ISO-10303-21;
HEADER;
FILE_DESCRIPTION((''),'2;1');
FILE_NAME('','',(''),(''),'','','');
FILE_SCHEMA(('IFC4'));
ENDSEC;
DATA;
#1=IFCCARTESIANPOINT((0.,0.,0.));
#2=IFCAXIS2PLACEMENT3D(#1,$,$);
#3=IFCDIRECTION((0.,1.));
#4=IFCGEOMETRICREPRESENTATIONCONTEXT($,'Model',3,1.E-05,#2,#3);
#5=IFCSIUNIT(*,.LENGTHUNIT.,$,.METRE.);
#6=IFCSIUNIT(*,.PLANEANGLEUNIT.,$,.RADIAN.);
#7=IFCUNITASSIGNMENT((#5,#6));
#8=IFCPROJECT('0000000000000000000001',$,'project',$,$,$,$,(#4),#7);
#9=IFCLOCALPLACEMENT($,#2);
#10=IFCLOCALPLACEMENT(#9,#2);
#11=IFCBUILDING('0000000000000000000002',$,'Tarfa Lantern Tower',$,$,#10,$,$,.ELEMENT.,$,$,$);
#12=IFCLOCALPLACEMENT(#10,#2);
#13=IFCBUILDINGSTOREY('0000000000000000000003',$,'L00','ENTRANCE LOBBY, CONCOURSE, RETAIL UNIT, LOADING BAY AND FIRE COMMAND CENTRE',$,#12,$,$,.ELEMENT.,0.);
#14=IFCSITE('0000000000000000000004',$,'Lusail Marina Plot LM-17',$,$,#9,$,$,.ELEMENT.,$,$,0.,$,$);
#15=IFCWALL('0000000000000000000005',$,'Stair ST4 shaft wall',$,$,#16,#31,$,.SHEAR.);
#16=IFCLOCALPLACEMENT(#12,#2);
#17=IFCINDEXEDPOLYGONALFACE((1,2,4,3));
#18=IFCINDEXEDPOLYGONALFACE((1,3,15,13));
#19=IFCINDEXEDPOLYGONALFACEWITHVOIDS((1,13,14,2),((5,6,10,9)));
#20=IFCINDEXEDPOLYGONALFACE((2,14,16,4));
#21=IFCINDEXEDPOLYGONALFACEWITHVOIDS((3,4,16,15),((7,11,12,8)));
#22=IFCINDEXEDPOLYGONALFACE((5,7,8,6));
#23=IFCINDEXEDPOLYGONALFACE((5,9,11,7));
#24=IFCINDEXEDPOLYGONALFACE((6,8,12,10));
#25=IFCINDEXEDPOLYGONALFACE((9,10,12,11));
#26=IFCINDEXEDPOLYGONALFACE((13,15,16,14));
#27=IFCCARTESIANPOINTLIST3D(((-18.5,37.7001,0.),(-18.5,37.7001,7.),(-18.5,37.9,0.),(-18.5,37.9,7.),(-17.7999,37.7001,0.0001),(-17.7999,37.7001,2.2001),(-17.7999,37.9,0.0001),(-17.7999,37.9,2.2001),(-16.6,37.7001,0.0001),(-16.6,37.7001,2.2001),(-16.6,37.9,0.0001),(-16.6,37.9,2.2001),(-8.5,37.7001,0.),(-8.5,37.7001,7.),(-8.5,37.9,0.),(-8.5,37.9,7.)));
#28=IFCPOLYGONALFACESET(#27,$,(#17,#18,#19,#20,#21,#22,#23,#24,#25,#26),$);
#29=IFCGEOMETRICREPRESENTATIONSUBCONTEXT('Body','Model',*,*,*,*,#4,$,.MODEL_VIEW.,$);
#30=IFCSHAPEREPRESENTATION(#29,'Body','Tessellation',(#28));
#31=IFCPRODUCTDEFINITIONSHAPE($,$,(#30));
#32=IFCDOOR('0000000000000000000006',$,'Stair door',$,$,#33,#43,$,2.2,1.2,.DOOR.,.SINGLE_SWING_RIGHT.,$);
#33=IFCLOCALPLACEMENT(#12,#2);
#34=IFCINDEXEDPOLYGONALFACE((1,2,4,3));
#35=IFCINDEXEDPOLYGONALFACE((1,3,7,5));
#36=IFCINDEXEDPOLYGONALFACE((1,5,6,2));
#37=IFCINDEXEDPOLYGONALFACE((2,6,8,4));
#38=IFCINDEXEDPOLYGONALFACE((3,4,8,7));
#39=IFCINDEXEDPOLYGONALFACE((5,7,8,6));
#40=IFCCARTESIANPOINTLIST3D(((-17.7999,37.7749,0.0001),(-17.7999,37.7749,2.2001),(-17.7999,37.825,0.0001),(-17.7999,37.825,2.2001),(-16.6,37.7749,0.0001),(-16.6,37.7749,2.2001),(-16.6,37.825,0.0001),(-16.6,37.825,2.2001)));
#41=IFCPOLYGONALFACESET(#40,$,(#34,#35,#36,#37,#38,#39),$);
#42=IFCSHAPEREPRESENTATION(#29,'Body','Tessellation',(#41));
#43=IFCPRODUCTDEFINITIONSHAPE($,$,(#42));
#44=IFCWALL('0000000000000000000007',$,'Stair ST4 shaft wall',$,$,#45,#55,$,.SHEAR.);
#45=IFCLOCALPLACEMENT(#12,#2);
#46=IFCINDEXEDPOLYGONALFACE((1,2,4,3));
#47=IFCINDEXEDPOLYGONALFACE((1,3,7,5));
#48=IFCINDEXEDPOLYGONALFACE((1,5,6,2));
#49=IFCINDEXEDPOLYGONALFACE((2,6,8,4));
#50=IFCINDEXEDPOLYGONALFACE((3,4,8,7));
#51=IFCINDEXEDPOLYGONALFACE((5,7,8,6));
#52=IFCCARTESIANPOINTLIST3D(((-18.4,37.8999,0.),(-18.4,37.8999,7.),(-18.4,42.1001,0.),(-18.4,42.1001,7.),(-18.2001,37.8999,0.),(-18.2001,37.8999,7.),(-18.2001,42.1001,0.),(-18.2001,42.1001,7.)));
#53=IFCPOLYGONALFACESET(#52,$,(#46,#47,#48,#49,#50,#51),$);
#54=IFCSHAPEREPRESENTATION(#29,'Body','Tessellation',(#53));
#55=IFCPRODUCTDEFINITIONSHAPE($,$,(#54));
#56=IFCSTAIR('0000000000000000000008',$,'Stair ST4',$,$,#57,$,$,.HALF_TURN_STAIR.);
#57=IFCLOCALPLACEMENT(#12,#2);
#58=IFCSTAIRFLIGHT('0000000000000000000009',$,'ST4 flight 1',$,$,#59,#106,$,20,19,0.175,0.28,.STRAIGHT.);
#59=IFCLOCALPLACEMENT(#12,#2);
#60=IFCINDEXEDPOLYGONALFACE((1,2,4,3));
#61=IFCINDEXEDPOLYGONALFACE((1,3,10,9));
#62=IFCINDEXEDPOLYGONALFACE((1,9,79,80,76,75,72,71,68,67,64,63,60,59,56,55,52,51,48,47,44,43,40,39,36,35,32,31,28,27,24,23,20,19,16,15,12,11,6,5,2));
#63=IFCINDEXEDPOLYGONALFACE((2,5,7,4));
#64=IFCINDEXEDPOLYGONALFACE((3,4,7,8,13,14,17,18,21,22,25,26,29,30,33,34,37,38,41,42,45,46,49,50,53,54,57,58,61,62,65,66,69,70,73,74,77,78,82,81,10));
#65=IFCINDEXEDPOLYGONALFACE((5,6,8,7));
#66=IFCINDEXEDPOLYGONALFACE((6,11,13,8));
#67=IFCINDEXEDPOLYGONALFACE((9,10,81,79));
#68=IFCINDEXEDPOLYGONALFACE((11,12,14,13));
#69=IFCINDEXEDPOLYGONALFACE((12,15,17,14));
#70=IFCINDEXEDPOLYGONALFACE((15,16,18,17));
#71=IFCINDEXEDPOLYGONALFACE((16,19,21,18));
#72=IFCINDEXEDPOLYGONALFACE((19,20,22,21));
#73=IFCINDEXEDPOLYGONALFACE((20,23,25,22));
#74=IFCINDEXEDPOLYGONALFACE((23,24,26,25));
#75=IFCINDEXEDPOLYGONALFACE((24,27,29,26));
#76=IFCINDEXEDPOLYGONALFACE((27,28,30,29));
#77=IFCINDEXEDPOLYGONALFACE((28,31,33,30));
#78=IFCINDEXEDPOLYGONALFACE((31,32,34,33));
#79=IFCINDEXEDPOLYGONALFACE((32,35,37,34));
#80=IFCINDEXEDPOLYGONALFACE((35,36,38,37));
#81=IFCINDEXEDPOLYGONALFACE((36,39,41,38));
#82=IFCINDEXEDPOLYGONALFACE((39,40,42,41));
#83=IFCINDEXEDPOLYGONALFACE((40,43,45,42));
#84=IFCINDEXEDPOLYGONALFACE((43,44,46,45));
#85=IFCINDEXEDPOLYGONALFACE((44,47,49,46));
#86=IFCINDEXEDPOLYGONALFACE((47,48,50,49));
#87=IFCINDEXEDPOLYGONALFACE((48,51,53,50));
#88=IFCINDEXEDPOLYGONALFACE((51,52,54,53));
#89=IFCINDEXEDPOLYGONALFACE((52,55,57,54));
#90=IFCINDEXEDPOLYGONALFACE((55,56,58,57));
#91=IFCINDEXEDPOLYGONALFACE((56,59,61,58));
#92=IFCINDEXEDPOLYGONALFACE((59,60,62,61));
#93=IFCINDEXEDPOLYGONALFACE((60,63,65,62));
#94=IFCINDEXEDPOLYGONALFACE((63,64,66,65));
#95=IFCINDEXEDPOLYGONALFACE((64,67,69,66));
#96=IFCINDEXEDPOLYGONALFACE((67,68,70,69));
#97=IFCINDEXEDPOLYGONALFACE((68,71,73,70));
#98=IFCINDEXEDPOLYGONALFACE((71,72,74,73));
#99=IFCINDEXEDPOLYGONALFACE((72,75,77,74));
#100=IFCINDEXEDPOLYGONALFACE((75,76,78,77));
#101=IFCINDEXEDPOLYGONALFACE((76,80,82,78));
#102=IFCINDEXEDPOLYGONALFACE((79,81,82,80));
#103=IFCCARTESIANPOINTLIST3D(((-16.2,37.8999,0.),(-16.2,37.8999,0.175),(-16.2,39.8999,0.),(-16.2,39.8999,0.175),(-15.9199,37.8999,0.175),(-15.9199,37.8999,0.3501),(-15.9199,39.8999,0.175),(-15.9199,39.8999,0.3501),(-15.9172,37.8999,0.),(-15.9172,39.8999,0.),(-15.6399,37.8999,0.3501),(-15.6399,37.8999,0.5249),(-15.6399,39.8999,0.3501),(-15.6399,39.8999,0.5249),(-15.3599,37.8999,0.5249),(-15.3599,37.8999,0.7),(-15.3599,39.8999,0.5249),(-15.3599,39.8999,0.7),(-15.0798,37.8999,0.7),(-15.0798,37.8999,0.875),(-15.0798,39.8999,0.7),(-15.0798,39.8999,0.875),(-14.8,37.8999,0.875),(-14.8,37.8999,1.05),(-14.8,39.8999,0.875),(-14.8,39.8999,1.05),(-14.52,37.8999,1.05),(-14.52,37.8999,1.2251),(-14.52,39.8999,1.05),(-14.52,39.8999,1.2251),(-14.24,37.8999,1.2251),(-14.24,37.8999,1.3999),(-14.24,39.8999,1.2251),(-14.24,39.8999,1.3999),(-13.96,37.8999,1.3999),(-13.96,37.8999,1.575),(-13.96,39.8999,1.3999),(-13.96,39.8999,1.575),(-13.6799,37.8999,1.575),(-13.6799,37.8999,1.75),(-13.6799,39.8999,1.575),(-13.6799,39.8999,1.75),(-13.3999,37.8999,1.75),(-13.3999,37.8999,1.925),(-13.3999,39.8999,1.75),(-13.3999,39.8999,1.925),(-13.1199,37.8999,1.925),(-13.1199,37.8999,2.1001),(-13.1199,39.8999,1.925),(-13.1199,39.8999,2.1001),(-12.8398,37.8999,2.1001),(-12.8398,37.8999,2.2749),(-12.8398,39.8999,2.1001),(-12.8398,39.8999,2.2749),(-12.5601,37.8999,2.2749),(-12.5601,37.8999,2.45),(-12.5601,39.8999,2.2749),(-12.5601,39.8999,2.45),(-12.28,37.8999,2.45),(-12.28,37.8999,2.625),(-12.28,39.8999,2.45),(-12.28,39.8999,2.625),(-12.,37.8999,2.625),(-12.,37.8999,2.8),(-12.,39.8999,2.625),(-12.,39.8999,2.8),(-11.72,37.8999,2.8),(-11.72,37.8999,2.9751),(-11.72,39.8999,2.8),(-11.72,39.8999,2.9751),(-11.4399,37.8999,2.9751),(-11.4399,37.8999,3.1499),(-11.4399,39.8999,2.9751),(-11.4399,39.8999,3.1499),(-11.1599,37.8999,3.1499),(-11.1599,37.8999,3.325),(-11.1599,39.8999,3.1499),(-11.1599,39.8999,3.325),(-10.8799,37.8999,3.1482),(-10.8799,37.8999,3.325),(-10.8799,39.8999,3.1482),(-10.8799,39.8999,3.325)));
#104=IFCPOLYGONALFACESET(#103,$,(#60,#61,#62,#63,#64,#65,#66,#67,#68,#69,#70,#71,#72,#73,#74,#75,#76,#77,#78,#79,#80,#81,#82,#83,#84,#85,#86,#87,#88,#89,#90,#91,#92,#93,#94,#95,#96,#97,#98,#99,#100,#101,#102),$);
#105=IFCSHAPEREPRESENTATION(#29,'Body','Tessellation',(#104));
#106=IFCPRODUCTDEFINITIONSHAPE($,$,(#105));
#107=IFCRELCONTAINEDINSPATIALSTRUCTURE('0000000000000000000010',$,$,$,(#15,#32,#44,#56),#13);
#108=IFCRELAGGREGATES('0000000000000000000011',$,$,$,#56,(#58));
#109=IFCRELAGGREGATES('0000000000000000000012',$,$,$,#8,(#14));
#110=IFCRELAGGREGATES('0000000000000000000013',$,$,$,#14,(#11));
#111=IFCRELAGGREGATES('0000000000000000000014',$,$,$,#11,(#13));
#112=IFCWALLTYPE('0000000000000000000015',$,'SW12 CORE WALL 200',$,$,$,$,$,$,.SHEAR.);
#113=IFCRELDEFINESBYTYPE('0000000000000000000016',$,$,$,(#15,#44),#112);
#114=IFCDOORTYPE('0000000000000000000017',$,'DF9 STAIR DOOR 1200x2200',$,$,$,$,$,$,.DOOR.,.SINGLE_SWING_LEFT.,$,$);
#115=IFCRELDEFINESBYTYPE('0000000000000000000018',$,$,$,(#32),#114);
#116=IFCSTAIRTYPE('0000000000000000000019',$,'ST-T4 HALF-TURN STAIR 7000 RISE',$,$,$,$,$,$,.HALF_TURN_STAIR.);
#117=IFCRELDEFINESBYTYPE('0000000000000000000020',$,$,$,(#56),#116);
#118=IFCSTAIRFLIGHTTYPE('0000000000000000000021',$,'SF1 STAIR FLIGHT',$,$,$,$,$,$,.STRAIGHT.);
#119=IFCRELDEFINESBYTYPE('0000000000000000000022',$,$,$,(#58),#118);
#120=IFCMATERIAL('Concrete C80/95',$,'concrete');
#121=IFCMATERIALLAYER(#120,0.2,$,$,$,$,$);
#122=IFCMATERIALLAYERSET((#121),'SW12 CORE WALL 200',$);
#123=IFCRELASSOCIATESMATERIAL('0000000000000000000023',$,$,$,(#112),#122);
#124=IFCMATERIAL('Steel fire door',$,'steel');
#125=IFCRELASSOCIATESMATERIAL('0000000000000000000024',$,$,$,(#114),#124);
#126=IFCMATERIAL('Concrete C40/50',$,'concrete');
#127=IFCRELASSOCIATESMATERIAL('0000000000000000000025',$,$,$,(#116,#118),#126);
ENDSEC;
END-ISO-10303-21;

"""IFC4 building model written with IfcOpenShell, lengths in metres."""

from ifc_helpers import new_model, si_unit, direction, frame, frame_2d, origin, place, context, subcontext, project, spatial, polyline, rectangle, outline, extrude, material, layer, layer_set, type_object, element, fill, aggregate, save


model = new_model("IFC4")

# Units and contexts
model_context = context("Model", 3, precision=1e-05, world=origin(), true_north=direction((0.0, 1.0)))
body_context = subcontext(model_context, "Body", "Model", "MODEL_VIEW")
ifc_project = project(units=[si_unit("LENGTHUNIT", "METRE"), si_unit("PLANEANGLEUNIT", "RADIAN")], contexts=[model_context])

# Site, building, storey
site_placement = place(None, origin())
site = spatial("IfcSite", under=ifc_project, at=site_placement, Name="Lusail Marina Plot LM-17", CompositionType="ELEMENT", RefElevation=0.0)
building_placement = place(site_placement, origin())
building = spatial("IfcBuilding", under=site, at=building_placement, Name="Tarfa Lantern Tower", CompositionType="ELEMENT")
storey_placement = place(building_placement, origin())
storey = spatial("IfcBuildingStorey", under=building, at=storey_placement, Name="L00", Description="ENTRANCE LOBBY, CONCOURSE, RETAIL UNIT, LOADING BAY AND FIRE COMMAND CENTRE", CompositionType="ELEMENT", Elevation=0.0)

# Shared definitions
ifc_material_1 = material(Name="Concrete C80/95", Category="concrete")

# Wall, opening, door
ifc_layer_1 = layer(ifc_material_1, 0.2)
ifc_layer_set_1 = layer_set([ifc_layer_1], Name="SW12 CORE WALL 200")
wall_type_1 = type_object("IfcWallType", Name="SW12 CORE WALL 200", PredefinedType="SHEAR", material=ifc_layer_set_1)
wall_1_placement = place(storey_placement, frame((-18.5, 37.8, 0.0), z_axis=(0.0, 0.0, 1.0), x_axis=(1.0, 0.0, 0.0)))
wall_1 = element("IfcWall", 1, at=wall_1_placement, inside=storey, type_object=wall_type_1, Name="Stair ST4 shaft wall", PredefinedType="SHEAR", context=body_context, shape_type="SweptSolid", body=[
    extrude(rectangle(XDim=10.0, YDim=0.2, at=frame_2d((5.0, 0.0))), origin(), (0.0, 0.0, 1.0), 7.0),
])
opening_1_placement = place(wall_1_placement, frame((0.7, 0.0, 0.0)))
opening_1 = element("IfcOpeningElement", 2, at=opening_1_placement, cuts=wall_1, PredefinedType="OPENING", context=body_context, shape_type="SweptSolid", body=[
    extrude(rectangle(XDim=1.2, YDim=2.2, at=frame_2d((0.6001, 1.1001))), frame((0.0, 0.1099, 0.0), z_axis=(0.0, -1.0, 0.0), x_axis=(1.0, 0.0, 0.0)), (0.0, 0.0, 1.0), 0.22),
])
ifc_material_2 = material(Name="Steel fire door", Category="steel")
door_type_1 = type_object("IfcDoorType", Name="DF9 STAIR DOOR 1200x2200", OperationType="SINGLE_SWING_LEFT", PredefinedType="DOOR", material=ifc_material_2)
door_1_placement = place(opening_1_placement, origin())
door_1 = element("IfcDoor", 3, at=door_1_placement, inside=storey, type_object=door_type_1, Name="Stair door", OperationType="SINGLE_SWING_RIGHT", OverallHeight=2.2, OverallWidth=1.2, PredefinedType="DOOR", context=body_context, shape_type="SweptSolid", body=[
    extrude(rectangle(XDim=1.2, YDim=2.2, at=frame_2d((0.6001, 1.1001))), frame((0.0, 0.0249, 0.0), z_axis=(0.0, -1.0, 0.0), x_axis=(1.0, 0.0, 0.0)), (0.0, 0.0, 1.0), 0.05),
])
fill(opening_1, door_1)

# Wall
wall_2_placement = place(storey_placement, frame((-18.3, 42.1001, 0.0), z_axis=(0.0, 0.0, 1.0), x_axis=(0.0, -1.0, 0.0)))
element("IfcWall", 4, at=wall_2_placement, inside=storey, type_object=wall_type_1, Name="Stair ST4 shaft wall", PredefinedType="SHEAR", context=body_context, shape_type="SweptSolid", body=[
    extrude(rectangle(XDim=4.2002, YDim=0.2, at=frame_2d((2.1001, 0.0))), origin(), (0.0, 0.0, 1.0), 7.0),
])

# Stair, stair flight
ifc_material_3 = material(Name="Concrete C40/50", Category="concrete")
stair_type = type_object("IfcStairType", Name="ST-T4 HALF-TURN STAIR 7000 RISE", PredefinedType="HALF_TURN_STAIR", material=ifc_material_3)
stair_placement = place(storey_placement, origin())
stair = element("IfcStair", 5, at=stair_placement, inside=storey, type_object=stair_type, Name="Stair ST4", PredefinedType="HALF_TURN_STAIR")
stair_flight_type = type_object("IfcStairFlightType", Name="SF1 STAIR FLIGHT", PredefinedType="STRAIGHT", material=ifc_material_3)
stair_flight_placement = place(storey_placement, frame((-16.2, 38.8999, 0.0), z_axis=(0.0, 0.0, 1.0), x_axis=(1.0, 0.0, 0.0)))
stair_flight = element("IfcStairFlight", 6, at=stair_flight_placement, type_object=stair_flight_type, Name="ST4 flight 1", NumberOfRisers=20, NumberOfTreads=19, PredefinedType="STRAIGHT", RiserHeight=0.175, TreadLength=0.28, context=body_context, shape_type="SweptSolid", body=[
    extrude(outline(polyline([(0.0, 0.0), (0.0, 0.175), (0.28, 0.175), (0.28, 0.3501), (0.5601, 0.3501), (0.5601, 0.5249), (0.8401, 0.5249), (0.8401, 0.7), (1.1201, 0.7), (1.1201, 0.875), (1.3999, 0.875), (1.3999, 1.05), (1.6799, 1.05), (1.6799, 1.2251), (1.96, 1.2251), (1.96, 1.3999), (2.24, 1.3999), (2.24, 1.575), (2.52, 1.575), (2.52, 1.75), (2.8, 1.75), (2.8, 1.925), (3.0801, 1.925), (3.0801, 2.1001), (3.3601, 2.1001), (3.3601, 2.2749), (3.6399, 2.2749), (3.6399, 2.45), (3.9199, 2.45), (3.9199, 2.625), (4.2, 2.625), (4.2, 2.8), (4.48, 2.8), (4.48, 2.9751), (4.76, 2.9751), (4.76, 3.1499), (5.04, 3.1499), (5.04, 3.325), (5.3201, 3.325), (5.3201, 3.5), (5.3201, 3.1482), (0.2827, 0.0), (0.0, 0.0)])), frame((0.0, 1.0, 0.0), z_axis=(0.0, -1.0, 0.0), x_axis=(1.0, 0.0, 0.0)), (0.0, 0.0, 1.0), 2.0),
])
aggregate(stair, [stair_flight])

save(model, "model.ifc")
